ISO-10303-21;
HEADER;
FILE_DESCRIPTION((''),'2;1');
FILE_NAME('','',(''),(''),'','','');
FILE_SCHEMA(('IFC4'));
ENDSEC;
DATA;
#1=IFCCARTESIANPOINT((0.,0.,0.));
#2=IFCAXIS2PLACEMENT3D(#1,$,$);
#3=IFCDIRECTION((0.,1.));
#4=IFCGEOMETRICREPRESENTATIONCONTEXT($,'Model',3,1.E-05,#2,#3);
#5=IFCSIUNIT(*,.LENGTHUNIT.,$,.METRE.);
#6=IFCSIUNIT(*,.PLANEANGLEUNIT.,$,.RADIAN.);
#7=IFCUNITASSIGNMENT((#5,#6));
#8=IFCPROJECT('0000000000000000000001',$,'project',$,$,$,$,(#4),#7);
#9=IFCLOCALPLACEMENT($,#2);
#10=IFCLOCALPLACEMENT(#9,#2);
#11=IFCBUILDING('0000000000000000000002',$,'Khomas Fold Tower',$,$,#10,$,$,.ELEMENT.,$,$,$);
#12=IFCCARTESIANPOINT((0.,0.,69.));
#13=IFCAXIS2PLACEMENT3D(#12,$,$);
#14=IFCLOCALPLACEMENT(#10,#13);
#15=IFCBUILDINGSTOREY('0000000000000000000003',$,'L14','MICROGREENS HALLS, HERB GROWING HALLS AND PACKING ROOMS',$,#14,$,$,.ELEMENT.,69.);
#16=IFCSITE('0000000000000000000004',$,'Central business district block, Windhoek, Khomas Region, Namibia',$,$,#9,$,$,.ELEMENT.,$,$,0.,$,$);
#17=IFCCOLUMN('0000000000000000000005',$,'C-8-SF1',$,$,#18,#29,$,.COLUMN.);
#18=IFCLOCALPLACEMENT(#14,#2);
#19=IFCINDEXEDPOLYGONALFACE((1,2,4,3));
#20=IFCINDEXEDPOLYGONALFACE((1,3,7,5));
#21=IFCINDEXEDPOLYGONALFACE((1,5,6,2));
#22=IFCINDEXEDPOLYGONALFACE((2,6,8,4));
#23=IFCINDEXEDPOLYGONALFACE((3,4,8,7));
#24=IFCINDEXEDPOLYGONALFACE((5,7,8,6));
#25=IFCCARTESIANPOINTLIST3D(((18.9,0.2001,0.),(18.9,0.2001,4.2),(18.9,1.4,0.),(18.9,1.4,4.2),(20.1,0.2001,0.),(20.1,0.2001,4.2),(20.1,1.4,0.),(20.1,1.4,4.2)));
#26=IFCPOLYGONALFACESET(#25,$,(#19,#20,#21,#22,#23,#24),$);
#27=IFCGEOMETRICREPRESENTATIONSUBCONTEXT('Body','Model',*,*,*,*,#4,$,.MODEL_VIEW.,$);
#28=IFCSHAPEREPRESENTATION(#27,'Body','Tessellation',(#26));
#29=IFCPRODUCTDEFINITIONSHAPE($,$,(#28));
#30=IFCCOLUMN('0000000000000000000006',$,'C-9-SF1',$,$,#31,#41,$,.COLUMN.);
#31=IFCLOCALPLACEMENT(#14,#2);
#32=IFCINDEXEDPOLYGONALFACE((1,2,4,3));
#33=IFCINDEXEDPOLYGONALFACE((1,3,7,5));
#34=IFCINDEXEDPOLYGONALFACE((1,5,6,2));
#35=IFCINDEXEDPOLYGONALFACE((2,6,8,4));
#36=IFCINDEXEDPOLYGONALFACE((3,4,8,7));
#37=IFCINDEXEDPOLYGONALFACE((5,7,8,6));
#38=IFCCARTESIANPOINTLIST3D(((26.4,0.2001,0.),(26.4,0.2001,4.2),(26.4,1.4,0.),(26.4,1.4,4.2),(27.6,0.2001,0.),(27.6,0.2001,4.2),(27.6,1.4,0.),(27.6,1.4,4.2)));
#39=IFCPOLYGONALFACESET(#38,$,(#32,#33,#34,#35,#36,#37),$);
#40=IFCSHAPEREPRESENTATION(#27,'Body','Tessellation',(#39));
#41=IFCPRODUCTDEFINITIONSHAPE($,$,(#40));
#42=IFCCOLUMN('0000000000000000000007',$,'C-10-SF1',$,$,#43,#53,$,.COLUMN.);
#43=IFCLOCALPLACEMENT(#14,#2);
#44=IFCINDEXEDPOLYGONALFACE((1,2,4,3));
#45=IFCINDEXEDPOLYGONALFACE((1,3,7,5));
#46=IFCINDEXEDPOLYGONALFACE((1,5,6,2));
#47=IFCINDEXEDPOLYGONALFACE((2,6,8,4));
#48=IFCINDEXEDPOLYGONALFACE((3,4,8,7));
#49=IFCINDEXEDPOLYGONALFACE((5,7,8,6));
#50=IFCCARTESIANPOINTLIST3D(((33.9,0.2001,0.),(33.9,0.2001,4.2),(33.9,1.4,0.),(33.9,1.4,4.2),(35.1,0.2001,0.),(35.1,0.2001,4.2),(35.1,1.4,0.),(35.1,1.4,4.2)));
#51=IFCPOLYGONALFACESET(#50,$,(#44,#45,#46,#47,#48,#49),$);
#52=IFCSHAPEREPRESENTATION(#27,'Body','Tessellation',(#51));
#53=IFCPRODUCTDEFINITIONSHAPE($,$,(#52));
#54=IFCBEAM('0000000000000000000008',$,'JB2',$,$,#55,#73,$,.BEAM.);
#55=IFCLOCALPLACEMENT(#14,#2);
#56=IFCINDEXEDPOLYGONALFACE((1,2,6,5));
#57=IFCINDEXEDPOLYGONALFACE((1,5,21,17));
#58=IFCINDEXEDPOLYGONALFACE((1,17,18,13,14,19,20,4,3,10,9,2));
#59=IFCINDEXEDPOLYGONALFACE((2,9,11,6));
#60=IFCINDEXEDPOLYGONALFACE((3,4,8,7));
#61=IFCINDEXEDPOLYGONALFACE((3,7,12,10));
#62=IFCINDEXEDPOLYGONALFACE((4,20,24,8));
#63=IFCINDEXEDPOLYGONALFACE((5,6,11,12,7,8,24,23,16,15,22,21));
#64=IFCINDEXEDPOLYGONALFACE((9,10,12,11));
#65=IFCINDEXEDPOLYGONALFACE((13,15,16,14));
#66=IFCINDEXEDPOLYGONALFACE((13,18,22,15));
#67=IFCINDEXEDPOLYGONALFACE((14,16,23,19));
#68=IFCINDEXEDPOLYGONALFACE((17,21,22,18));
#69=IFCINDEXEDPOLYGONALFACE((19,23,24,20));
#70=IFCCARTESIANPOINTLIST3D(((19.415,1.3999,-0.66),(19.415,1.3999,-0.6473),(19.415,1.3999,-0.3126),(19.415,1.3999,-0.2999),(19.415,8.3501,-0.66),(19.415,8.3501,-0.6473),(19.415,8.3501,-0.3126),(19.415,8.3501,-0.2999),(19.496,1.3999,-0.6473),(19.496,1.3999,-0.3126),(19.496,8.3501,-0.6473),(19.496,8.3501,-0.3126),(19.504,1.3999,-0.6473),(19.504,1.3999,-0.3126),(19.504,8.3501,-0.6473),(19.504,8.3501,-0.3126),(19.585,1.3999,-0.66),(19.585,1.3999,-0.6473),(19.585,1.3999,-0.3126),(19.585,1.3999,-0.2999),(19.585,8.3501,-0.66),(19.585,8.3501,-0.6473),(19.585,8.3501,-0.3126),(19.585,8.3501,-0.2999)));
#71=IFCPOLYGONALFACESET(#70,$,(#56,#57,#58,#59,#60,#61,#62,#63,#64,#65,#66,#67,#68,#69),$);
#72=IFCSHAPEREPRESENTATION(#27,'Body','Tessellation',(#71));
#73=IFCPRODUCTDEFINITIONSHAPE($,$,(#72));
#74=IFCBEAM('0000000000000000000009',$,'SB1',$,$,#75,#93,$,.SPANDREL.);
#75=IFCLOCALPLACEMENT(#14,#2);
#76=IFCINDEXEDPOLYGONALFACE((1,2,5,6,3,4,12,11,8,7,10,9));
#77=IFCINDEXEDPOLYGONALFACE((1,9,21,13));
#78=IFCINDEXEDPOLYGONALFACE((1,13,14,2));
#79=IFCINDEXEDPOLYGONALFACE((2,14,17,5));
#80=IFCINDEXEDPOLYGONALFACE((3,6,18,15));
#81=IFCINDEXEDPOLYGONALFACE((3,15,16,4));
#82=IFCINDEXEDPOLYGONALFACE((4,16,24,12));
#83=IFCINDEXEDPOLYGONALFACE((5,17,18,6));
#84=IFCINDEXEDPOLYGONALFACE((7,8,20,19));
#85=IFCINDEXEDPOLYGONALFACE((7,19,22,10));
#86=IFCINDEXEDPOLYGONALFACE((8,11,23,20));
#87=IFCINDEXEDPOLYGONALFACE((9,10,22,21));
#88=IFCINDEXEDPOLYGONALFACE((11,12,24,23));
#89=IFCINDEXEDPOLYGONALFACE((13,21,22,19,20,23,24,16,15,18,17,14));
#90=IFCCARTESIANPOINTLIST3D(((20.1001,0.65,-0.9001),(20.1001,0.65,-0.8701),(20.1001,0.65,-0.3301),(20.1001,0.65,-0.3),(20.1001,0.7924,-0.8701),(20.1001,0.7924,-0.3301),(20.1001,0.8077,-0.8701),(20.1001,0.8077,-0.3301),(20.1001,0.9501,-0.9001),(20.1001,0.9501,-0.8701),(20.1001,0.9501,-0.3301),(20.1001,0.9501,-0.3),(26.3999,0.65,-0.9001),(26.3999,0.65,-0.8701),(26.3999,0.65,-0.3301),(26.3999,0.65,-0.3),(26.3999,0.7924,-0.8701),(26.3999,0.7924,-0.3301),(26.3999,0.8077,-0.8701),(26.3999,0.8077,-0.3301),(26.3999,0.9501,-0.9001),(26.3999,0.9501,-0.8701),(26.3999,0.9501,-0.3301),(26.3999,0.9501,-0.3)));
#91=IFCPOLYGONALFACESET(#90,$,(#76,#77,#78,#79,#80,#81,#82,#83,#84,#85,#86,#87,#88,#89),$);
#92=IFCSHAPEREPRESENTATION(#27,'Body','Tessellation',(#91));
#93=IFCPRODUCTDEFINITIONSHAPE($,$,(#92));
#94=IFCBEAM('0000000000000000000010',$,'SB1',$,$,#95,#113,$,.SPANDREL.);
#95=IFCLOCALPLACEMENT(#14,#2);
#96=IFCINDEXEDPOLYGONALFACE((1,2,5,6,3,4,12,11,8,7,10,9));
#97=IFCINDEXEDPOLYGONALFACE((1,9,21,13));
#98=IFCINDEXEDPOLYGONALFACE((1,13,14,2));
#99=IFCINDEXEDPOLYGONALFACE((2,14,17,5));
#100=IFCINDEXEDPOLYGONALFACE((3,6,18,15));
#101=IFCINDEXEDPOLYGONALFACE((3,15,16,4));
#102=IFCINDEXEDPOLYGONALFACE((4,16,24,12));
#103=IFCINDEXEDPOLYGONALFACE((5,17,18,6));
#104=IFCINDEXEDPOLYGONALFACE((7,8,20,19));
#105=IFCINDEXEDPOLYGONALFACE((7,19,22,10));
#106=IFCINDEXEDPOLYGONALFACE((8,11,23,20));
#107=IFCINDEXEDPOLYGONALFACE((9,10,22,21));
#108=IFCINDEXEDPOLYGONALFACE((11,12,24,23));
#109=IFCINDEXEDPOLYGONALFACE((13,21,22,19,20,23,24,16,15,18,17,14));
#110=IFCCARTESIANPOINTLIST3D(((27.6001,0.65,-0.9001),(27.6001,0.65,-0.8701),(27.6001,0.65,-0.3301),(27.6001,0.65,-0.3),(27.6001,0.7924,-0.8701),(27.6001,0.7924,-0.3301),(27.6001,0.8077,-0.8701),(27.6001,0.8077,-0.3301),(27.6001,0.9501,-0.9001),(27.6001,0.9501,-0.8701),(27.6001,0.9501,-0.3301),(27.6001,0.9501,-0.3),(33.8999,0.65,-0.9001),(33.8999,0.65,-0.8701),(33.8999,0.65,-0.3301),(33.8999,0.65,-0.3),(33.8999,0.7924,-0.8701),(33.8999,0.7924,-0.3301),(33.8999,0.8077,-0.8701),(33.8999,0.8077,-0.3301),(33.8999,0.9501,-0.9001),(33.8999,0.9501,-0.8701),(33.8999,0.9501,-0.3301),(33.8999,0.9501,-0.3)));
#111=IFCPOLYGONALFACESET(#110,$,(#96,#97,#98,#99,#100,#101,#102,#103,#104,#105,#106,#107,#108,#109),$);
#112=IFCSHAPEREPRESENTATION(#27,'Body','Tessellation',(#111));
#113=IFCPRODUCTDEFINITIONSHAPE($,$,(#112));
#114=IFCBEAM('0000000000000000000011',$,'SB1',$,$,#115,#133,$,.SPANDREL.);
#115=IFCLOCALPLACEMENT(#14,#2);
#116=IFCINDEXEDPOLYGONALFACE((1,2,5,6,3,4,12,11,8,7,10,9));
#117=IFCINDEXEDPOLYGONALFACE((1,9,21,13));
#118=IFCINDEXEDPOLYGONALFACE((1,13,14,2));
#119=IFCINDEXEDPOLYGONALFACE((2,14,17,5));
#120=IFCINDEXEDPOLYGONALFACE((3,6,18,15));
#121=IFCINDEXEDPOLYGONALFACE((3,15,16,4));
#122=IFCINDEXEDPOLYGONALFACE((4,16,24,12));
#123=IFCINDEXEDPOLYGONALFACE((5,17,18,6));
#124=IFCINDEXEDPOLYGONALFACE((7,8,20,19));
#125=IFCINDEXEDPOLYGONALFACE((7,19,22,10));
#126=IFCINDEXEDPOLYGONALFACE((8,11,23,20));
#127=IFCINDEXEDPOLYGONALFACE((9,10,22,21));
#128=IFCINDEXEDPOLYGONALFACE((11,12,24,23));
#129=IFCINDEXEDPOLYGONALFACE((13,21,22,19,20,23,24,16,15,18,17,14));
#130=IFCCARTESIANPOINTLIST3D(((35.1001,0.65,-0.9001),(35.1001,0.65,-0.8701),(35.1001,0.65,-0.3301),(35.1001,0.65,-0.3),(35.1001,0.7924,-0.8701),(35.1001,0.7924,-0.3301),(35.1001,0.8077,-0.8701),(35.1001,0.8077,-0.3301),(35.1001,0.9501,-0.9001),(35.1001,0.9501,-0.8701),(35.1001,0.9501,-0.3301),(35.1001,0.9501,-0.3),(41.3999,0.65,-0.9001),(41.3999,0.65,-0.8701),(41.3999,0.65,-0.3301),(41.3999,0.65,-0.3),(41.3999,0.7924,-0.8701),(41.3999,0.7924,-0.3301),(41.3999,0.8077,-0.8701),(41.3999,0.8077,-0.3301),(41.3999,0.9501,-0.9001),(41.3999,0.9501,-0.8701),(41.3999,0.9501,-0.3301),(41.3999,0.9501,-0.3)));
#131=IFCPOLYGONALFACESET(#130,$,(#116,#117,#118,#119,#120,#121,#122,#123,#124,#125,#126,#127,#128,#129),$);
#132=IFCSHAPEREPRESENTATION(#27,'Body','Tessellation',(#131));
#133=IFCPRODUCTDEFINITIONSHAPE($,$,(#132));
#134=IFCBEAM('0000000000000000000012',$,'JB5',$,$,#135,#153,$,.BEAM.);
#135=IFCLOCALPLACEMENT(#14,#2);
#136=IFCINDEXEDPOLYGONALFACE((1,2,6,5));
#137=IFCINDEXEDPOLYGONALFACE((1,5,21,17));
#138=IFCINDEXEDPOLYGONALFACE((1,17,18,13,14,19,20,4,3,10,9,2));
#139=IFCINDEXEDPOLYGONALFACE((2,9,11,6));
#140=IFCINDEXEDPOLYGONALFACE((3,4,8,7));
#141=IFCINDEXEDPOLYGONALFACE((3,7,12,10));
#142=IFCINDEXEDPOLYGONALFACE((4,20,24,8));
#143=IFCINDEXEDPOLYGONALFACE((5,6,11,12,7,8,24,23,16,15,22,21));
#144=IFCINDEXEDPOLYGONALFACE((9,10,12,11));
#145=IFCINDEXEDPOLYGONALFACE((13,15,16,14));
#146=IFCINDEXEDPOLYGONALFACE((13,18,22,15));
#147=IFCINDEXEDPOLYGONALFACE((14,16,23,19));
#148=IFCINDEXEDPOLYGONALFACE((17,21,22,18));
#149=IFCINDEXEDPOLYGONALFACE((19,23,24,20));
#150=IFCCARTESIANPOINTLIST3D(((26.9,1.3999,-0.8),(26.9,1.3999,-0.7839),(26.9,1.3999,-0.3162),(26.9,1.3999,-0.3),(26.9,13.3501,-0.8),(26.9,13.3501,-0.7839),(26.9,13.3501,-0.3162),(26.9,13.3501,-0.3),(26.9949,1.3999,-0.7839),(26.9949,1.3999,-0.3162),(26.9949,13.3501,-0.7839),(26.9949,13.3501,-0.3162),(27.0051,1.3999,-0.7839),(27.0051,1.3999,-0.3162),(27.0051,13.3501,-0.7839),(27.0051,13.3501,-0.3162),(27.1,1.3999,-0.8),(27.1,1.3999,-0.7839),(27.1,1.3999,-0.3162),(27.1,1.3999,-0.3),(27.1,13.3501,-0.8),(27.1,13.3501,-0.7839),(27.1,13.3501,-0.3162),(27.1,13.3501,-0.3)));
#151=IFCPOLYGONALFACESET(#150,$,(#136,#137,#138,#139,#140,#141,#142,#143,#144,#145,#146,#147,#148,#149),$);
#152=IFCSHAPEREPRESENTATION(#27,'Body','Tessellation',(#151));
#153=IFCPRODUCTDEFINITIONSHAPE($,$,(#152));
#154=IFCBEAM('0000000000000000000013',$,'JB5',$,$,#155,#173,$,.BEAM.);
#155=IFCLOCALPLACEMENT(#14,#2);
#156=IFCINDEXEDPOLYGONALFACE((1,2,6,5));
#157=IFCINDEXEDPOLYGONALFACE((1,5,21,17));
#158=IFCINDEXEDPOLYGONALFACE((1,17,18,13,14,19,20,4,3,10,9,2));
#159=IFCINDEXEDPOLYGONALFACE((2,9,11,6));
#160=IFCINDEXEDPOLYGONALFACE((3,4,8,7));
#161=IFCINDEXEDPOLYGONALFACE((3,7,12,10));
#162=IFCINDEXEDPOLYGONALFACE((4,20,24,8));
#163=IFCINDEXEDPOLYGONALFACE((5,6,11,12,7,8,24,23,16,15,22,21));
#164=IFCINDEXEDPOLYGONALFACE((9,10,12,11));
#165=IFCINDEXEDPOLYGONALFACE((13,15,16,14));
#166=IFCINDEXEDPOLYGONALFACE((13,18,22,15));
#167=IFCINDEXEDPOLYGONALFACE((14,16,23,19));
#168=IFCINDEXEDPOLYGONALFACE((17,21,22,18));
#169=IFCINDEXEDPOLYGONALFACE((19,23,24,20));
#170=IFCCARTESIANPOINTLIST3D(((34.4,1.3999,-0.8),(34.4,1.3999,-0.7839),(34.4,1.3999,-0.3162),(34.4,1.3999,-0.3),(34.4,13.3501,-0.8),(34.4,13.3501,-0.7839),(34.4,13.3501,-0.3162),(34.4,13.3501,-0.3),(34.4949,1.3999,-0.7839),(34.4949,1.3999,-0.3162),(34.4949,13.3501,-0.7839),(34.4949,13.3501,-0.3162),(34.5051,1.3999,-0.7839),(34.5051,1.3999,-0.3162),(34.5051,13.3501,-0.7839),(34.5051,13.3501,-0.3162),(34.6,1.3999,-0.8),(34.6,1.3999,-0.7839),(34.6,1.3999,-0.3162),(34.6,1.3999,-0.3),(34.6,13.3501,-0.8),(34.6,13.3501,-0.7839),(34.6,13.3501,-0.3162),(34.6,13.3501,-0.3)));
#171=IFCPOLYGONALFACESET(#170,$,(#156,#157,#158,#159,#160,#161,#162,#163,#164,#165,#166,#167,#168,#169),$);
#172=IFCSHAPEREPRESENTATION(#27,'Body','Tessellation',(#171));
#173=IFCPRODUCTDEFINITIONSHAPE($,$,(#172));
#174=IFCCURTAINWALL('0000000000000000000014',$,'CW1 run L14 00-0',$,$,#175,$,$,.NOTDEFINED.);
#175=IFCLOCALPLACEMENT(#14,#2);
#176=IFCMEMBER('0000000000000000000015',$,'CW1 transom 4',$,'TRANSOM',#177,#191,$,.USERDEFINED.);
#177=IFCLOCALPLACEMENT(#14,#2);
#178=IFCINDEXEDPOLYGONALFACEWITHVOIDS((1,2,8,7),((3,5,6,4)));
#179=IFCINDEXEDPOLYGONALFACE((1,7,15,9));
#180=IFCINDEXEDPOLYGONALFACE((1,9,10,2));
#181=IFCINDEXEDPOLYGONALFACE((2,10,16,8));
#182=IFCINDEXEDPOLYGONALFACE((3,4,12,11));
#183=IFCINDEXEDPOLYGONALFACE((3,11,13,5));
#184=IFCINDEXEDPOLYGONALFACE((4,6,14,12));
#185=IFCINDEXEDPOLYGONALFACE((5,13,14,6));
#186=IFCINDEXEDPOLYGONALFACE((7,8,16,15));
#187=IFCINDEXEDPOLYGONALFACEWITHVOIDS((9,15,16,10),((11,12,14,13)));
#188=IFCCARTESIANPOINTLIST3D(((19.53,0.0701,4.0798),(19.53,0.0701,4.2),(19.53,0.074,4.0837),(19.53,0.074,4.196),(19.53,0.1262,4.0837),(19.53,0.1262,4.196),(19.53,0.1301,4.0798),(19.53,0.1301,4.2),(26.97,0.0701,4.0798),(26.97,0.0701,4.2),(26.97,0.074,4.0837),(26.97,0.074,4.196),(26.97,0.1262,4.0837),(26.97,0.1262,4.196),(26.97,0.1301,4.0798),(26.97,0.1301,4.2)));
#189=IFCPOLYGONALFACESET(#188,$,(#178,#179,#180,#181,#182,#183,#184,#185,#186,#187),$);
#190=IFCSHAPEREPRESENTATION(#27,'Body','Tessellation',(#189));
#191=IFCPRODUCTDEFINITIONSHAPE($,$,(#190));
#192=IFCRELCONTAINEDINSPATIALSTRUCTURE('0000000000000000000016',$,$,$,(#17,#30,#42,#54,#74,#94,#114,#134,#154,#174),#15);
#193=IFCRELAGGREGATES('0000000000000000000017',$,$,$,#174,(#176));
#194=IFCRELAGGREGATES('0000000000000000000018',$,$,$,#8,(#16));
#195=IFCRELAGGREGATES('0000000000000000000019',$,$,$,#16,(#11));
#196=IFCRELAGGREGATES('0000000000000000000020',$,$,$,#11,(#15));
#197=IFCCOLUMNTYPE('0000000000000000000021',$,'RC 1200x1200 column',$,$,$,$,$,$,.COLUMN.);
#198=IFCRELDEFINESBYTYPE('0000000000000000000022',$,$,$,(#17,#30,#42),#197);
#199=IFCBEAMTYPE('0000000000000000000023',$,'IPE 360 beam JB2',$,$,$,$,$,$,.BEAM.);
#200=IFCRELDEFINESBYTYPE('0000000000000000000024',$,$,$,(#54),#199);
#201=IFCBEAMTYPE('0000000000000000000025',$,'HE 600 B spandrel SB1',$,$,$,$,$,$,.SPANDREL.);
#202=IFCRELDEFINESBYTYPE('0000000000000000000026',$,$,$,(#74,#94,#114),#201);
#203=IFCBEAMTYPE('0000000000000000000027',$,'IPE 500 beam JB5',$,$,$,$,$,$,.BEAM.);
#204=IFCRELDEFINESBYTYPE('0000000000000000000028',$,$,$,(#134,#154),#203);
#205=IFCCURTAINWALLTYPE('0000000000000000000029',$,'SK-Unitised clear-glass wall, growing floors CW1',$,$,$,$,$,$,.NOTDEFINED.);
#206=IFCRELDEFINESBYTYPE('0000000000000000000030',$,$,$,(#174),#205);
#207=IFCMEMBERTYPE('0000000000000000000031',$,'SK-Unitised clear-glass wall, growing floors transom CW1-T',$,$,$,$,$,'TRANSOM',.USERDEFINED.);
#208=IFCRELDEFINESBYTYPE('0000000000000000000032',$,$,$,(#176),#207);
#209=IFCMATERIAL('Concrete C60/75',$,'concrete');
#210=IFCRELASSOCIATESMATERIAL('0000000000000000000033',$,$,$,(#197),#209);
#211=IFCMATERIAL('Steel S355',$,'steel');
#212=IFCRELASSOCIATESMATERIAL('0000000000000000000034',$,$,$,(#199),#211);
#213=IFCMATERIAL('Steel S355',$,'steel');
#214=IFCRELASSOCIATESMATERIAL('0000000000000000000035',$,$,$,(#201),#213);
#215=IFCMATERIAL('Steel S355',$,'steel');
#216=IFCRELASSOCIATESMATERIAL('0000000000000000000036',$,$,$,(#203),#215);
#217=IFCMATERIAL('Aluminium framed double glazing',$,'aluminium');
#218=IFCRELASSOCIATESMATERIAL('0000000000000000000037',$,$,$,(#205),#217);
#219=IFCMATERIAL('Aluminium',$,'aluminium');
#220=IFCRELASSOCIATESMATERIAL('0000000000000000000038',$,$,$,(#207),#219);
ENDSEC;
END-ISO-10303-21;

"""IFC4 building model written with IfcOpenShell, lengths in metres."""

from ifc_helpers import new_model, si_unit, direction, frame, origin, origin_2d, place, context, subcontext, project, spatial, rectangle, hollow_rectangle, i_section, extrude, source, transform, mapped, material, material_profile, profile_set, type_object, element, aggregate, save


model = new_model("IFC4")

# Units and contexts
model_context = context("Model", 3, precision=1e-05, world=origin(), true_north=direction((0.0, 1.0)))
body_context = subcontext(model_context, "Body", "Model", "MODEL_VIEW")
ifc_project = project(units=[si_unit("LENGTHUNIT", "METRE"), si_unit("PLANEANGLEUNIT", "RADIAN")], contexts=[model_context])

# Site, building, storey
site_placement = place(None, origin())
site = spatial("IfcSite", under=ifc_project, at=site_placement, Name="Central business district block, Windhoek, Khomas Region, Namibia", CompositionType="ELEMENT", RefElevation=0.0)
building_placement = place(site_placement, origin())
building = spatial("IfcBuilding", under=site, at=building_placement, Name="Khomas Fold Tower", CompositionType="ELEMENT")
storey_placement = place(building_placement, frame((0.0, 0.0, 69.0)))
storey = spatial("IfcBuildingStorey", under=building, at=storey_placement, Name="L14", Description="MICROGREENS HALLS, HERB GROWING HALLS AND PACKING ROOMS", CompositionType="ELEMENT", Elevation=69.0)

# Columns
ifc_material_1 = material(Name="Concrete C60/75", Category="concrete")
ifc_material_profile_1 = material_profile(ifc_material_1, rectangle(XDim=1.2, YDim=1.2, at=origin_2d()), Name="RC 1200x1200")
ifc_profile_set_1 = profile_set([ifc_material_profile_1], Name="Concrete C60/75")
column_type = type_object("IfcColumnType", Name="RC 1200x1200 column", PredefinedType="COLUMN", material=ifc_profile_set_1)
shared_shape_1 = source(origin(), body_context, "Body", "SweptSolid", [
    extrude(rectangle(XDim=1.2, YDim=1.2, at=origin_2d()), origin(), (0.0, 0.0, 1.0), 4.2),
])
for number, where, z_axis, x_axis, name in (
    (1, (19.5, 0.8, 0.0), (0.0, 0.0, 1.0), (1.0, 0.0, 0.0), "C-8-SF1"),
    (2, (27.0, 0.8, 0.0), (0.0, 0.0, 1.0), (1.0, 0.0, 0.0), "C-9-SF1"),
    (3, (34.5, 0.8, 0.0), (0.0, 0.0, 1.0), (1.0, 0.0, 0.0), "C-10-SF1"),
):
    element("IfcColumn", number, at=place(storey_placement, frame(where, z_axis=z_axis, x_axis=x_axis)), inside=storey, type_object=column_type, Name=name, PredefinedType="COLUMN", context=body_context, shape_type="MappedRepresentation", body=[
        mapped(shared_shape_1, transform((0.0, 0.0, 0.0))),
    ])

# Beams
ifc_material_2 = material(Name="Steel S355", Category="steel")
ifc_material_profile_2 = material_profile(ifc_material_2, i_section(OverallWidth=0.1699, OverallDepth=0.3601, WebThickness=0.0081, FlangeThickness=0.0127, at=origin_2d()), Name="IPE 360")
ifc_profile_set_2 = profile_set([ifc_material_profile_2], Name="Steel S355")
beam_type_1 = type_object("IfcBeamType", Name="IPE 360 beam JB2", PredefinedType="BEAM", material=ifc_profile_set_2)
shared_shape_2 = source(origin(), body_context, "Body", "SweptSolid", [
    extrude(i_section(OverallWidth=0.1699, OverallDepth=0.3601, WebThickness=0.0081, FlangeThickness=0.0127, at=origin_2d()), origin(), (0.0, 0.0, 1.0), 6.9502),
])
beam_placement = place(storey_placement, frame((19.5, 1.3999, -0.48), z_axis=(0.0, 1.0, 0.0), x_axis=(-1.0, 0.0, 0.0)))
element("IfcBeam", 4, at=beam_placement, inside=storey, type_object=beam_type_1, Name="JB2", PredefinedType="BEAM", context=body_context, shape_type="MappedRepresentation", body=[
    mapped(shared_shape_2, transform((0.0, 0.0, 0.0))),
])
ifc_material_3 = material(Name="Steel S355", Category="steel")
ifc_material_profile_3 = material_profile(ifc_material_3, i_section(OverallWidth=0.3, OverallDepth=0.6001, WebThickness=0.0154, FlangeThickness=0.03, at=origin_2d()), Name="HE 600 B")
ifc_profile_set_3 = profile_set([ifc_material_profile_3], Name="Steel S355")
beam_type_2 = type_object("IfcBeamType", Name="HE 600 B spandrel SB1", PredefinedType="SPANDREL", material=ifc_profile_set_3)
shared_shape_3 = source(origin(), body_context, "Body", "SweptSolid", [
    extrude(i_section(OverallWidth=0.3, OverallDepth=0.6001, WebThickness=0.0154, FlangeThickness=0.03, at=origin_2d()), origin(), (0.0, 0.0, 1.0), 6.2998),
])
for number, where, z_axis, x_axis, name in (
    (5, (20.1001, 0.8, -0.6001), (1.0, 0.0, 0.0), (0.0, 1.0, 0.0), "SB1"),
    (6, (27.6001, 0.8, -0.6001), (1.0, 0.0, 0.0), (0.0, 1.0, 0.0), "SB1"),
    (7, (35.1001, 0.8, -0.6001), (1.0, 0.0, 0.0), (0.0, 1.0, 0.0), "SB1"),
):
    element("IfcBeam", number, at=place(storey_placement, frame(where, z_axis=z_axis, x_axis=x_axis)), inside=storey, type_object=beam_type_2, Name=name, PredefinedType="SPANDREL", context=body_context, shape_type="MappedRepresentation", body=[
        mapped(shared_shape_3, transform((0.0, 0.0, 0.0))),
    ])
ifc_material_4 = material(Name="Steel S355", Category="steel")
ifc_material_profile_4 = material_profile(ifc_material_4, i_section(OverallWidth=0.2, OverallDepth=0.5, WebThickness=0.0103, FlangeThickness=0.0161, at=origin_2d()), Name="IPE 500")
ifc_profile_set_4 = profile_set([ifc_material_profile_4], Name="Steel S355")
beam_type_3 = type_object("IfcBeamType", Name="IPE 500 beam JB5", PredefinedType="BEAM", material=ifc_profile_set_4)
shared_shape_4 = source(origin(), body_context, "Body", "SweptSolid", [
    extrude(i_section(OverallWidth=0.2, OverallDepth=0.5, WebThickness=0.0103, FlangeThickness=0.0161, at=origin_2d()), origin(), (0.0, 0.0, 1.0), 11.9502),
])
for number, where, z_axis, x_axis, name in (
    (8, (27.0, 1.3999, -0.55), (0.0, 1.0, 0.0), (-1.0, 0.0, 0.0), "JB5"),
    (9, (34.5, 1.3999, -0.55), (0.0, 1.0, 0.0), (-1.0, 0.0, 0.0), "JB5"),
):
    element("IfcBeam", number, at=place(storey_placement, frame(where, z_axis=z_axis, x_axis=x_axis)), inside=storey, type_object=beam_type_3, Name=name, PredefinedType="BEAM", context=body_context, shape_type="MappedRepresentation", body=[
        mapped(shared_shape_4, transform((0.0, 0.0, 0.0))),
    ])

# Curtain wall, member
ifc_material_5 = material(Name="Aluminium framed double glazing", Category="aluminium")
curtain_wall_type = type_object("IfcCurtainWallType", Name="SK-Unitised clear-glass wall, growing floors CW1", PredefinedType="NOTDEFINED", material=ifc_material_5)
curtain_wall_placement = place(storey_placement, origin())
curtain_wall = element("IfcCurtainWall", 10, at=curtain_wall_placement, inside=storey, type_object=curtain_wall_type, Name="CW1 run L14 00-0", PredefinedType="NOTDEFINED")
ifc_material_6 = material(Name="Aluminium", Category="aluminium")
ifc_material_profile_5 = material_profile(ifc_material_6, hollow_rectangle(XDim=0.0601, YDim=0.1201, WallThickness=0.0039, at=origin_2d()), Name="SK-Unitised clear-glass wall, growing floors transom CW1-T")
ifc_profile_set_5 = profile_set([ifc_material_profile_5], Name="Aluminium")
member_type_1 = type_object("IfcMemberType", Name="SK-Unitised clear-glass wall, growing floors transom CW1-T", ElementType="TRANSOM", PredefinedType="USERDEFINED", material=ifc_profile_set_5)
shared_shape_5 = source(origin(), body_context, "Body", "SweptSolid", [
    extrude(hollow_rectangle(XDim=0.0601, YDim=0.1201, WallThickness=0.0039, at=origin_2d()), origin(), (0.0, 0.0, 1.0), 7.4399),
])
member_1_placement = place(storey_placement, frame((19.53, 0.1001, 4.1399), z_axis=(1.0, 0.0, 0.0), x_axis=(0.0, 1.0, 0.0)))
member_1 = element("IfcMember", 11, at=member_1_placement, type_object=member_type_1, Name="CW1 transom 4", ObjectType="TRANSOM", PredefinedType="USERDEFINED", context=body_context, shape_type="MappedRepresentation", body=[
    mapped(shared_shape_5, transform((0.0, 0.0, 0.0))),
])
aggregate(curtain_wall, [member_1])

save(model, "model.ifc")
